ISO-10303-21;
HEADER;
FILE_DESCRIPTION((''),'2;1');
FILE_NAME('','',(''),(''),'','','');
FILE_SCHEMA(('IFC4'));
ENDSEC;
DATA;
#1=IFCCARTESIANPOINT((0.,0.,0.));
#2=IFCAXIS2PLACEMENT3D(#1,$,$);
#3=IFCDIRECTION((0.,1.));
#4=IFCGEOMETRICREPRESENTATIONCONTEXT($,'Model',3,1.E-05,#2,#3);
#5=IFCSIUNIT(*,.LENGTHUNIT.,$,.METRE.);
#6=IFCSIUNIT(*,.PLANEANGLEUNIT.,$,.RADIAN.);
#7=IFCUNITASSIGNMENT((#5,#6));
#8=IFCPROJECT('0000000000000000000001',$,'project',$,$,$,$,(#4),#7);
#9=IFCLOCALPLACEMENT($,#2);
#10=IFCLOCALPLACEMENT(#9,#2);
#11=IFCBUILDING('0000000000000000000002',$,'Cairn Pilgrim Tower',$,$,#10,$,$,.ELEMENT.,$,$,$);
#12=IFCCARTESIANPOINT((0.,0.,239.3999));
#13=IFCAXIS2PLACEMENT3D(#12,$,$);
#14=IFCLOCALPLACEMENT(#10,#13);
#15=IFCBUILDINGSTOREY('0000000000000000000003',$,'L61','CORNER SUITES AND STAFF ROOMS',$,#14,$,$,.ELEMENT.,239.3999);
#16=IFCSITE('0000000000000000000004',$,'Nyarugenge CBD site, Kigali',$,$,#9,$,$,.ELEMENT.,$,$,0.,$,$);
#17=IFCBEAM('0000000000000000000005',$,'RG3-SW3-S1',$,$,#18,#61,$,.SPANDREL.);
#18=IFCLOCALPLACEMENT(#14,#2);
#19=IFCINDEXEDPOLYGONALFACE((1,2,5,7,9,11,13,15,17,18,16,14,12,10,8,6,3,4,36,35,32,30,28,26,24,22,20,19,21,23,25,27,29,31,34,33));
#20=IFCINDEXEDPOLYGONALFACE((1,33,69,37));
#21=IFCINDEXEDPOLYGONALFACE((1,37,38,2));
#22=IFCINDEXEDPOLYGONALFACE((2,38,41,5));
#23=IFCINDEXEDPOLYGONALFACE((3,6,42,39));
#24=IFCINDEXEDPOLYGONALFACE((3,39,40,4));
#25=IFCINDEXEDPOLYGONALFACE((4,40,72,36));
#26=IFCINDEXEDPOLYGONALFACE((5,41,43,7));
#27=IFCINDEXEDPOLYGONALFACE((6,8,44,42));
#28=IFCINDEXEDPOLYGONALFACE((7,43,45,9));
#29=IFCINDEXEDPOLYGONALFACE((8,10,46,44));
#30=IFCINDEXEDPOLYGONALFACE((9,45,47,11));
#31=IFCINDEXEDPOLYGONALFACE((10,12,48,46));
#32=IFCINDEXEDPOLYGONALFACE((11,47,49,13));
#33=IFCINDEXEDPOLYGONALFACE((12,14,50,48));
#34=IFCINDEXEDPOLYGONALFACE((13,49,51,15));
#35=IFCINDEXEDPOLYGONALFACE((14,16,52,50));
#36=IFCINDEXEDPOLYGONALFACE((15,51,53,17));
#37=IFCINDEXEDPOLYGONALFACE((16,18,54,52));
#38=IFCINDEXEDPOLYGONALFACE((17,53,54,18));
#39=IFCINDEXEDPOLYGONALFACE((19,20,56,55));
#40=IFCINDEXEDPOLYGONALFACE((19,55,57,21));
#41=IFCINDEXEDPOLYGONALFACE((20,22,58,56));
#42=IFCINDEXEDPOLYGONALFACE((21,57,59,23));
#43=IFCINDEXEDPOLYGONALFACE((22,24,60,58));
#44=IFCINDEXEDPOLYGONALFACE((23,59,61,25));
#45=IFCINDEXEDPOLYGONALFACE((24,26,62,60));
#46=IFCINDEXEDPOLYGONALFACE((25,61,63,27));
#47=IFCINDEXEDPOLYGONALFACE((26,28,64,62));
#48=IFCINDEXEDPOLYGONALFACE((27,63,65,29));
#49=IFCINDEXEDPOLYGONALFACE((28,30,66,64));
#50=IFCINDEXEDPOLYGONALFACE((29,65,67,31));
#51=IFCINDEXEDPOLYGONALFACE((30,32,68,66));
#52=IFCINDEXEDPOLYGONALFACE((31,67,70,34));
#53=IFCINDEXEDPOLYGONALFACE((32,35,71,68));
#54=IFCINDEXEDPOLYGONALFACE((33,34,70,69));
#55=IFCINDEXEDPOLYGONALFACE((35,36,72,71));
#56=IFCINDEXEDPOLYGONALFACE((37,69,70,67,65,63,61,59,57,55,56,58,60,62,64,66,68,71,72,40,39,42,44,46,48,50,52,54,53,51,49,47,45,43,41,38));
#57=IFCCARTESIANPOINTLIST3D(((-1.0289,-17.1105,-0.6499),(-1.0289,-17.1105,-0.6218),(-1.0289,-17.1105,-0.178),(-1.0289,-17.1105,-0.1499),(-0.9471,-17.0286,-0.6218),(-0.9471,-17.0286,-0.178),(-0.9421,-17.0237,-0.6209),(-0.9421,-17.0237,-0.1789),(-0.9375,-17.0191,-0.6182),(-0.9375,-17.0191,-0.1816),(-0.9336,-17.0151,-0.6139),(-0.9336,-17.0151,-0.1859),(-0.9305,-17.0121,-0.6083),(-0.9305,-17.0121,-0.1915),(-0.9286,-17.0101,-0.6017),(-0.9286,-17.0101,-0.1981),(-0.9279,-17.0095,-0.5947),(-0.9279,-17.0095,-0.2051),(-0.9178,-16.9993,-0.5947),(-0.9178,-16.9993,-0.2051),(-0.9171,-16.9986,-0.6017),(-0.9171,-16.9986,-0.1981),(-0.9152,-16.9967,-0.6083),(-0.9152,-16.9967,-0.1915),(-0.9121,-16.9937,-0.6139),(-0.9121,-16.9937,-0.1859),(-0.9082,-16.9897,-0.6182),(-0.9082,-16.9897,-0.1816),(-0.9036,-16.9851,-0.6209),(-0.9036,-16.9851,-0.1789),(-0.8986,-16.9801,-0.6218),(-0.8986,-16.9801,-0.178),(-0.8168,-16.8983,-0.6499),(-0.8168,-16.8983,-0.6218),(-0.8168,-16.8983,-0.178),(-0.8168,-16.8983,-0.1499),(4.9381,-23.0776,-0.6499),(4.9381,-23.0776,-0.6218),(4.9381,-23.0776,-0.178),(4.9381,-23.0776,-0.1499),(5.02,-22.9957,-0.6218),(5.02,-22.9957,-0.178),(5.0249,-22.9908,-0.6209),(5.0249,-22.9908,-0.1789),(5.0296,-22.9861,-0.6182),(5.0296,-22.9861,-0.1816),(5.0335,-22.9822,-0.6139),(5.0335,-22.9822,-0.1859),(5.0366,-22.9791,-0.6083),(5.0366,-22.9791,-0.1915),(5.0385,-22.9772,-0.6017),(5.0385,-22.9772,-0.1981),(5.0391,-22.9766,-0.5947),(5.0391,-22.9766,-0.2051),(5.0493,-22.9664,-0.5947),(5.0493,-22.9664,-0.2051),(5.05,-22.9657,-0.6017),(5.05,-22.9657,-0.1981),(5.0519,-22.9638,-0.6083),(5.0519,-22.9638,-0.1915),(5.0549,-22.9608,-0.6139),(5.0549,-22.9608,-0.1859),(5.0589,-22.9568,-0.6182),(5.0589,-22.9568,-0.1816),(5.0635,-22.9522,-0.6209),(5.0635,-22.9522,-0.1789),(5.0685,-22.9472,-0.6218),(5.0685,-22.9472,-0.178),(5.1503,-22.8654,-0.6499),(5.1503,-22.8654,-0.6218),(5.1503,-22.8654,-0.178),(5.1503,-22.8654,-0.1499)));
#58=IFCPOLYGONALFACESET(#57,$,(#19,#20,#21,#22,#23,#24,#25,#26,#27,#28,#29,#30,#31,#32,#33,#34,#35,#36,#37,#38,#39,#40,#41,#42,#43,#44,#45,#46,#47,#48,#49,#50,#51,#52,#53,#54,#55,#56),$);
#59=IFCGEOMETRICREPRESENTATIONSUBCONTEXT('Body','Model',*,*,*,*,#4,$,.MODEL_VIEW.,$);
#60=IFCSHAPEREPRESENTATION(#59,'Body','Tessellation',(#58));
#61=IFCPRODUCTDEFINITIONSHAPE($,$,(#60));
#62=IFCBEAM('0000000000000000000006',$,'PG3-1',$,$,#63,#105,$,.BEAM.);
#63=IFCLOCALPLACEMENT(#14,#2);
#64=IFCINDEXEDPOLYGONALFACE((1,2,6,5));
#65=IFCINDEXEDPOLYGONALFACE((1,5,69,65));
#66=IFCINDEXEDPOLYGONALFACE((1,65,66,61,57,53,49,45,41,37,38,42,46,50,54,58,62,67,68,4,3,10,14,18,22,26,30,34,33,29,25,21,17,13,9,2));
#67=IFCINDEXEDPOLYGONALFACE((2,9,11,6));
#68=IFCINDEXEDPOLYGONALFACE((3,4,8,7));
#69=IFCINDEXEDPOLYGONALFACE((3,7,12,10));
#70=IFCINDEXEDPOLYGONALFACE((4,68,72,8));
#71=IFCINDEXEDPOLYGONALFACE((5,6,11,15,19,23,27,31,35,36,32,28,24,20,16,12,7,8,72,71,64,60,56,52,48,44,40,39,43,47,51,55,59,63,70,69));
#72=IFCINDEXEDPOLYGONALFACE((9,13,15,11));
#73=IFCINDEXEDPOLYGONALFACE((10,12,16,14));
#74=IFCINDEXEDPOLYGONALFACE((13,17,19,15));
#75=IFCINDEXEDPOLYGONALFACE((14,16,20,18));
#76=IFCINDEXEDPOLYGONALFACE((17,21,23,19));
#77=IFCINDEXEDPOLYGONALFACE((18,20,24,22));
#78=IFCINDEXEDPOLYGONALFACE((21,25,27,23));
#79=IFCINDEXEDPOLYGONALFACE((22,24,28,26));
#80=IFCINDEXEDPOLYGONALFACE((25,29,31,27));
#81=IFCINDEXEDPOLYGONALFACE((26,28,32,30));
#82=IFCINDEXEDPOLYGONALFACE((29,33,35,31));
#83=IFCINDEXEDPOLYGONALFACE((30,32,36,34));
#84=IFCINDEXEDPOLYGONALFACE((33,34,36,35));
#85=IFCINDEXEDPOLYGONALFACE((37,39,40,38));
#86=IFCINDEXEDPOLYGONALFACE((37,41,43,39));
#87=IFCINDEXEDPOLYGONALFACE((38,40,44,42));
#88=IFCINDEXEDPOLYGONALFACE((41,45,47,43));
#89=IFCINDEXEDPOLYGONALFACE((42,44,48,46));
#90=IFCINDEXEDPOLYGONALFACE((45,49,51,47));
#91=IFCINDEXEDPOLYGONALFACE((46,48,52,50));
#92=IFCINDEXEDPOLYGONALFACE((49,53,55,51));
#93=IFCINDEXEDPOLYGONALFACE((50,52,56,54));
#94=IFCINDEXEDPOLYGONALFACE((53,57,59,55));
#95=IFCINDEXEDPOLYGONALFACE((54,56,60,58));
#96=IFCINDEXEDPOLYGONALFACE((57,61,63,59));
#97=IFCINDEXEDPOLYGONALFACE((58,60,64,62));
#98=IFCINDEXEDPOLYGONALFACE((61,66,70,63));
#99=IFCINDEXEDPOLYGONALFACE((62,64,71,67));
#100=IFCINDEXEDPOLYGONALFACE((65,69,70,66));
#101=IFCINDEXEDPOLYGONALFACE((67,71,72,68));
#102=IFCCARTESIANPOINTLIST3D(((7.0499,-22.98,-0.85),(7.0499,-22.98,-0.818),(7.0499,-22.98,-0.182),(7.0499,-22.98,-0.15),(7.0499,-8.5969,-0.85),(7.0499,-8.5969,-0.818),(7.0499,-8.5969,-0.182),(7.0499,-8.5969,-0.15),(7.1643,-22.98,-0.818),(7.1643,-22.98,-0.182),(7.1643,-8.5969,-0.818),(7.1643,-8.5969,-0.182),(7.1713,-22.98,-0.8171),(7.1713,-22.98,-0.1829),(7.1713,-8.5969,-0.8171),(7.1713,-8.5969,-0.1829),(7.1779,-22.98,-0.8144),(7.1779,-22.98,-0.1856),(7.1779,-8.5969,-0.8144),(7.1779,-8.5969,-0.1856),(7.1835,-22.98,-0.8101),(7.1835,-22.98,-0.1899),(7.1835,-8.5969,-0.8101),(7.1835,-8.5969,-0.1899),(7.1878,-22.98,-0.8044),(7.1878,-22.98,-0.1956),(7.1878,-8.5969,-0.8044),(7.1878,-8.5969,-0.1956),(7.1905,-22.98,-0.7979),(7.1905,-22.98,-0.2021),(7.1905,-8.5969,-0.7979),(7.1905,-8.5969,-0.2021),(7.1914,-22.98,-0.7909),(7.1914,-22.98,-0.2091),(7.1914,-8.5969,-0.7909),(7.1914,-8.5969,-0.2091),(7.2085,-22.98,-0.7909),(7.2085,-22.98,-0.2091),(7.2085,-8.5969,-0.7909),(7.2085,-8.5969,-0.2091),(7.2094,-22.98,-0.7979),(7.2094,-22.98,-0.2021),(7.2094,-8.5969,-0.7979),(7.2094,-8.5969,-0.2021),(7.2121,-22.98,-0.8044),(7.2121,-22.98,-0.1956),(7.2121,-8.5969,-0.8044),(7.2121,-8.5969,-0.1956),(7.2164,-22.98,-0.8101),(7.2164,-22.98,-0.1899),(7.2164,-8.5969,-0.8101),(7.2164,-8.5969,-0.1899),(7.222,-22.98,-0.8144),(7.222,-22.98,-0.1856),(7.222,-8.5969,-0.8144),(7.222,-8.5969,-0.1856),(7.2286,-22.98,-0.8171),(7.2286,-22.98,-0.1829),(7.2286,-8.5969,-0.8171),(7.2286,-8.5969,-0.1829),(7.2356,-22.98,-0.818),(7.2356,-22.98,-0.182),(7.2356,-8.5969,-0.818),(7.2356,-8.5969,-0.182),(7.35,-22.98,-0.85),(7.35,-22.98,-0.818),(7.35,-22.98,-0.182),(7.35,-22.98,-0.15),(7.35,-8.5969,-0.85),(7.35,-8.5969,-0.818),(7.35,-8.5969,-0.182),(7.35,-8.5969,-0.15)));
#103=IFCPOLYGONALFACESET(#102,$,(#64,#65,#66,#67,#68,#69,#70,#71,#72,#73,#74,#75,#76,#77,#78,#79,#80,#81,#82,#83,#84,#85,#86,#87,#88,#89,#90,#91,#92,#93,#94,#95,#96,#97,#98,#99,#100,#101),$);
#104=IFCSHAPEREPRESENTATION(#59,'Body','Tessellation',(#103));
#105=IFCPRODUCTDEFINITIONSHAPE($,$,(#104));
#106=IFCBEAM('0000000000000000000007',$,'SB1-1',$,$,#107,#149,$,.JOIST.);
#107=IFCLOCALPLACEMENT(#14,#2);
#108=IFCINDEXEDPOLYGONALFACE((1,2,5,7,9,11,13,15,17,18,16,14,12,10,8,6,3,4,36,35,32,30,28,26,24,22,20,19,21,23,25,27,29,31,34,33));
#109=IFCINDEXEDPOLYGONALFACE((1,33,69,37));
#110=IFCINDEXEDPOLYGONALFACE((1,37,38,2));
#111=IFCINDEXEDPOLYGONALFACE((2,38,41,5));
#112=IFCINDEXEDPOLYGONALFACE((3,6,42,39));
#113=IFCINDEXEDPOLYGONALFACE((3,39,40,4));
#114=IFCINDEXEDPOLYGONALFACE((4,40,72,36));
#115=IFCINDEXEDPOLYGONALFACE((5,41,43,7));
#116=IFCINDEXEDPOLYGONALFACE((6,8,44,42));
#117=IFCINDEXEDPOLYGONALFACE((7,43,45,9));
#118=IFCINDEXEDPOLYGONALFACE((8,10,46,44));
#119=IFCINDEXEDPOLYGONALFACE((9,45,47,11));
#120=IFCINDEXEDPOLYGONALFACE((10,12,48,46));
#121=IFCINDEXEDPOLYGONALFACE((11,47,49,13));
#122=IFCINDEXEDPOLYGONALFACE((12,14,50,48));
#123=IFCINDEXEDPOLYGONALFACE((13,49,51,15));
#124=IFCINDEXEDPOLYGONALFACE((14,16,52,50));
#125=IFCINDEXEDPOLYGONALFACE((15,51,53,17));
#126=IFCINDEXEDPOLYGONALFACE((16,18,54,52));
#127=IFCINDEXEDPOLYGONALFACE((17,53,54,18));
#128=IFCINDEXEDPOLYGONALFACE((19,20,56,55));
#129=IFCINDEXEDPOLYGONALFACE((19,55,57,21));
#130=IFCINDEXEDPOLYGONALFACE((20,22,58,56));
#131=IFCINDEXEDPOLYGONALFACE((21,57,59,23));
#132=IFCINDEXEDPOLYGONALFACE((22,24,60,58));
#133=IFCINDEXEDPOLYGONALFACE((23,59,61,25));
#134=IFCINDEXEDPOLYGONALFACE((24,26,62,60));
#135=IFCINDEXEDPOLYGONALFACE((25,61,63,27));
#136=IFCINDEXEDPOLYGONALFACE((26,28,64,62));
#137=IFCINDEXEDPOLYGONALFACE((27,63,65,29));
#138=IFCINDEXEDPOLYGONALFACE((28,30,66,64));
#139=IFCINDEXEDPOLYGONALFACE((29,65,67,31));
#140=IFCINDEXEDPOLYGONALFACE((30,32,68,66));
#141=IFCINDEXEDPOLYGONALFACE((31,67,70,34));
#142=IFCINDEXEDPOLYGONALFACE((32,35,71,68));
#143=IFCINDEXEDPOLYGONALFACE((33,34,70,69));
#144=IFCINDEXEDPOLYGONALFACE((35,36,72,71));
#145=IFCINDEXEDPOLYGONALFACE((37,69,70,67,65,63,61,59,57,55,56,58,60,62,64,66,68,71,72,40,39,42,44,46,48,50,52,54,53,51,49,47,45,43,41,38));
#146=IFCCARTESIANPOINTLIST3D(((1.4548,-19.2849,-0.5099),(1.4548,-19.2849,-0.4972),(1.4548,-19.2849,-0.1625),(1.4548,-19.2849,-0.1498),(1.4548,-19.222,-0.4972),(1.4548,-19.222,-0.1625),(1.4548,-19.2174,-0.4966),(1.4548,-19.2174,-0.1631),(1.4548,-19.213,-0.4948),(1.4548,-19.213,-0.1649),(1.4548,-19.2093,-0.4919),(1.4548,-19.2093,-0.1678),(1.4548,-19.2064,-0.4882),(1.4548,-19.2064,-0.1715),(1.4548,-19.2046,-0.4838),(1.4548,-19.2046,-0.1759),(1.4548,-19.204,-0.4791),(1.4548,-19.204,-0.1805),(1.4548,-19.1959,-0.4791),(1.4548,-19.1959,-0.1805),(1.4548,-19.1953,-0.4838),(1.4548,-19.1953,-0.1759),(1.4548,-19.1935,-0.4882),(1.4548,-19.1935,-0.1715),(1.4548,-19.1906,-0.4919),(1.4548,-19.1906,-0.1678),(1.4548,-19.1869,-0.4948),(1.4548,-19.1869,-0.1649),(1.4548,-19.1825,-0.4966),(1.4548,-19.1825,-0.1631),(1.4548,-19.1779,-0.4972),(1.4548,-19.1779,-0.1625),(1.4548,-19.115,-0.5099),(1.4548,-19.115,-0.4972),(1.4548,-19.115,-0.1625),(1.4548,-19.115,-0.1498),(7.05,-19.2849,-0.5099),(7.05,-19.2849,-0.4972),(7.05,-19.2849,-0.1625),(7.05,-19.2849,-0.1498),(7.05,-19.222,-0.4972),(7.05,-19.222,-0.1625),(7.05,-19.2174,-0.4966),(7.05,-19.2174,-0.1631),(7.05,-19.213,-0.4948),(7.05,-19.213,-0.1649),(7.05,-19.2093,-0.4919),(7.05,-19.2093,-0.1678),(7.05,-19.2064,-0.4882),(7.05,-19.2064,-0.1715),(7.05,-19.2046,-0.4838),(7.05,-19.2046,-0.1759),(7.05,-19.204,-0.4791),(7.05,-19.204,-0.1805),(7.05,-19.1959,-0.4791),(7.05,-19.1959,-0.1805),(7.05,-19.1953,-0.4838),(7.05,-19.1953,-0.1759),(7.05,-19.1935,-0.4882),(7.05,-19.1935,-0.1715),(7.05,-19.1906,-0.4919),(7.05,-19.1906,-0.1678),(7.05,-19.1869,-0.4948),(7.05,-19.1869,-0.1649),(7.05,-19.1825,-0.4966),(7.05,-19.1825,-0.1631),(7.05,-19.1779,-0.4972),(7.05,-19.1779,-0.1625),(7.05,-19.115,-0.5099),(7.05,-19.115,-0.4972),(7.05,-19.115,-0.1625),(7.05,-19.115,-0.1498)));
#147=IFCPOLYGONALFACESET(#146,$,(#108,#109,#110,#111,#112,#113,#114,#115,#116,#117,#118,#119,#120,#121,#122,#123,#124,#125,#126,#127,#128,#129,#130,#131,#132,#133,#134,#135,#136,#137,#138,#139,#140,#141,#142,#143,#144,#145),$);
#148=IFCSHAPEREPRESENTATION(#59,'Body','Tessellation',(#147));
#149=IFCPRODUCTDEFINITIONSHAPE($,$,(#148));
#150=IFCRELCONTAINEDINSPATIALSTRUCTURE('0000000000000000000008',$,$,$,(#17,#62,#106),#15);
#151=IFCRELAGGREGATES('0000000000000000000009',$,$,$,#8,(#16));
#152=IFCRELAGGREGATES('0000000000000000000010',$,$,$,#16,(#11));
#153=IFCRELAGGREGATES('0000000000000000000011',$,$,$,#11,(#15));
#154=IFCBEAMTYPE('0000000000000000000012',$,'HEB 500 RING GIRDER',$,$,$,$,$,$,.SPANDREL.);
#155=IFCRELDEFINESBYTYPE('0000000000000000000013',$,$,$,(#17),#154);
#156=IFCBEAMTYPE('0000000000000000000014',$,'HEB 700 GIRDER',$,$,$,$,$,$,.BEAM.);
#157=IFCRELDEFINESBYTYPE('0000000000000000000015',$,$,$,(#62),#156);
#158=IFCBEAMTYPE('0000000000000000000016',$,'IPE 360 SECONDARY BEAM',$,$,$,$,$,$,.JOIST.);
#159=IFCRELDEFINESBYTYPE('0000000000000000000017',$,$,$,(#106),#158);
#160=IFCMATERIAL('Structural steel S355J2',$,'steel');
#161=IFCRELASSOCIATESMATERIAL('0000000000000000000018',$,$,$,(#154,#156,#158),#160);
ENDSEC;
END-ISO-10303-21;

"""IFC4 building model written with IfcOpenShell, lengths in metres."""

from ifc_helpers import new_model, si_unit, direction, frame, origin, origin_2d, place, context, subcontext, project, spatial, i_section, extrude, material, material_profile, profile_set, type_object, element, save


model = new_model("IFC4")

# Units and contexts
model_context = context("Model", 3, precision=1e-05, world=origin(), true_north=direction((0.0, 1.0)))
body_context = subcontext(model_context, "Body", "Model", "MODEL_VIEW")
ifc_project = project(units=[si_unit("LENGTHUNIT", "METRE"), si_unit("PLANEANGLEUNIT", "RADIAN")], contexts=[model_context])

# Site, building, storey
site_placement = place(None, origin())
site = spatial("IfcSite", under=ifc_project, at=site_placement, Name="Nyarugenge CBD site, Kigali", CompositionType="ELEMENT", RefElevation=0.0)
building_placement = place(site_placement, origin())
building = spatial("IfcBuilding", under=site, at=building_placement, Name="Cairn Pilgrim Tower", CompositionType="ELEMENT")
storey_placement = place(building_placement, frame((0.0, 0.0, 239.3999)))
storey = spatial("IfcBuildingStorey", under=building, at=storey_placement, Name="L61", Description="CORNER SUITES AND STAFF ROOMS", CompositionType="ELEMENT", Elevation=239.3999)

# Shared definitions
ifc_material_1 = material(Name="Structural steel S355J2", Category="steel")

# Beams
ifc_material_profile_1 = material_profile(ifc_material_1, i_section(OverallWidth=0.3, OverallDepth=0.5, WebThickness=0.0144, FlangeThickness=0.0281, FilletRadius=0.0271, at=origin_2d()), Name="HEB 500")
ifc_profile_set_1 = profile_set([ifc_material_profile_1], Name="Structural steel S355J2")
beam_type_1 = type_object("IfcBeamType", Name="HEB 500 RING GIRDER", PredefinedType="SPANDREL", material=ifc_profile_set_1)
beam_1_placement = place(storey_placement, frame((-0.9229, -17.0044, -0.3999), z_axis=(0.707107, -0.707107, 0.0), x_axis=(0.707107, 0.707107, 0.0)))
element("IfcBeam", 1, at=beam_1_placement, inside=storey, type_object=beam_type_1, Name="RG3-SW3-S1", PredefinedType="SPANDREL", context=body_context, shape_type="SweptSolid", body=[
    extrude(i_section(OverallWidth=0.3, OverallDepth=0.5, WebThickness=0.0144, FlangeThickness=0.0281, FilletRadius=0.0271, at=origin_2d()), origin(), (0.0, 0.0, 1.0), 8.4387),
])
ifc_material_profile_2 = material_profile(ifc_material_1, i_section(OverallWidth=0.3, OverallDepth=0.7, WebThickness=0.0171, FlangeThickness=0.032, FilletRadius=0.0271, at=origin_2d()), Name="HEB 700")
ifc_profile_set_2 = profile_set([ifc_material_profile_2], Name="Structural steel S355J2")
beam_type_2 = type_object("IfcBeamType", Name="HEB 700 GIRDER", PredefinedType="BEAM", material=ifc_profile_set_2)
beam_2_placement = place(storey_placement, frame((7.2, -22.98, -0.5), z_axis=(0.0, 1.0, 0.0), x_axis=(-1.0, 0.0, 0.0)))
element("IfcBeam", 2, at=beam_2_placement, inside=storey, type_object=beam_type_2, Name="PG3-1", PredefinedType="BEAM", context=body_context, shape_type="SweptSolid", body=[
    extrude(i_section(OverallWidth=0.3, OverallDepth=0.7, WebThickness=0.0171, FlangeThickness=0.032, FilletRadius=0.0271, at=origin_2d()), origin(), (0.0, 0.0, 1.0), 14.3831),
])
ifc_material_profile_3 = material_profile(ifc_material_1, i_section(OverallWidth=0.1699, OverallDepth=0.3601, WebThickness=0.0081, FlangeThickness=0.0127, FilletRadius=0.0181, at=origin_2d()), Name="IPE 360")
ifc_profile_set_3 = profile_set([ifc_material_profile_3], Name="Structural steel S355J2")
beam_type_3 = type_object("IfcBeamType", Name="IPE 360 SECONDARY BEAM", PredefinedType="JOIST", material=ifc_profile_set_3)
beam_3_placement = place(storey_placement, frame((1.4548, -19.2, -0.3298), z_axis=(1.0, 0.0, 0.0), x_axis=(0.0, 1.0, 0.0)))
element("IfcBeam", 3, at=beam_3_placement, inside=storey, type_object=beam_type_3, Name="SB1-1", PredefinedType="JOIST", context=body_context, shape_type="SweptSolid", body=[
    extrude(i_section(OverallWidth=0.1699, OverallDepth=0.3601, WebThickness=0.0081, FlangeThickness=0.0127, FilletRadius=0.0181, at=origin_2d()), origin(), (0.0, 0.0, 1.0), 5.5952),
])

save(model, "model.ifc")
